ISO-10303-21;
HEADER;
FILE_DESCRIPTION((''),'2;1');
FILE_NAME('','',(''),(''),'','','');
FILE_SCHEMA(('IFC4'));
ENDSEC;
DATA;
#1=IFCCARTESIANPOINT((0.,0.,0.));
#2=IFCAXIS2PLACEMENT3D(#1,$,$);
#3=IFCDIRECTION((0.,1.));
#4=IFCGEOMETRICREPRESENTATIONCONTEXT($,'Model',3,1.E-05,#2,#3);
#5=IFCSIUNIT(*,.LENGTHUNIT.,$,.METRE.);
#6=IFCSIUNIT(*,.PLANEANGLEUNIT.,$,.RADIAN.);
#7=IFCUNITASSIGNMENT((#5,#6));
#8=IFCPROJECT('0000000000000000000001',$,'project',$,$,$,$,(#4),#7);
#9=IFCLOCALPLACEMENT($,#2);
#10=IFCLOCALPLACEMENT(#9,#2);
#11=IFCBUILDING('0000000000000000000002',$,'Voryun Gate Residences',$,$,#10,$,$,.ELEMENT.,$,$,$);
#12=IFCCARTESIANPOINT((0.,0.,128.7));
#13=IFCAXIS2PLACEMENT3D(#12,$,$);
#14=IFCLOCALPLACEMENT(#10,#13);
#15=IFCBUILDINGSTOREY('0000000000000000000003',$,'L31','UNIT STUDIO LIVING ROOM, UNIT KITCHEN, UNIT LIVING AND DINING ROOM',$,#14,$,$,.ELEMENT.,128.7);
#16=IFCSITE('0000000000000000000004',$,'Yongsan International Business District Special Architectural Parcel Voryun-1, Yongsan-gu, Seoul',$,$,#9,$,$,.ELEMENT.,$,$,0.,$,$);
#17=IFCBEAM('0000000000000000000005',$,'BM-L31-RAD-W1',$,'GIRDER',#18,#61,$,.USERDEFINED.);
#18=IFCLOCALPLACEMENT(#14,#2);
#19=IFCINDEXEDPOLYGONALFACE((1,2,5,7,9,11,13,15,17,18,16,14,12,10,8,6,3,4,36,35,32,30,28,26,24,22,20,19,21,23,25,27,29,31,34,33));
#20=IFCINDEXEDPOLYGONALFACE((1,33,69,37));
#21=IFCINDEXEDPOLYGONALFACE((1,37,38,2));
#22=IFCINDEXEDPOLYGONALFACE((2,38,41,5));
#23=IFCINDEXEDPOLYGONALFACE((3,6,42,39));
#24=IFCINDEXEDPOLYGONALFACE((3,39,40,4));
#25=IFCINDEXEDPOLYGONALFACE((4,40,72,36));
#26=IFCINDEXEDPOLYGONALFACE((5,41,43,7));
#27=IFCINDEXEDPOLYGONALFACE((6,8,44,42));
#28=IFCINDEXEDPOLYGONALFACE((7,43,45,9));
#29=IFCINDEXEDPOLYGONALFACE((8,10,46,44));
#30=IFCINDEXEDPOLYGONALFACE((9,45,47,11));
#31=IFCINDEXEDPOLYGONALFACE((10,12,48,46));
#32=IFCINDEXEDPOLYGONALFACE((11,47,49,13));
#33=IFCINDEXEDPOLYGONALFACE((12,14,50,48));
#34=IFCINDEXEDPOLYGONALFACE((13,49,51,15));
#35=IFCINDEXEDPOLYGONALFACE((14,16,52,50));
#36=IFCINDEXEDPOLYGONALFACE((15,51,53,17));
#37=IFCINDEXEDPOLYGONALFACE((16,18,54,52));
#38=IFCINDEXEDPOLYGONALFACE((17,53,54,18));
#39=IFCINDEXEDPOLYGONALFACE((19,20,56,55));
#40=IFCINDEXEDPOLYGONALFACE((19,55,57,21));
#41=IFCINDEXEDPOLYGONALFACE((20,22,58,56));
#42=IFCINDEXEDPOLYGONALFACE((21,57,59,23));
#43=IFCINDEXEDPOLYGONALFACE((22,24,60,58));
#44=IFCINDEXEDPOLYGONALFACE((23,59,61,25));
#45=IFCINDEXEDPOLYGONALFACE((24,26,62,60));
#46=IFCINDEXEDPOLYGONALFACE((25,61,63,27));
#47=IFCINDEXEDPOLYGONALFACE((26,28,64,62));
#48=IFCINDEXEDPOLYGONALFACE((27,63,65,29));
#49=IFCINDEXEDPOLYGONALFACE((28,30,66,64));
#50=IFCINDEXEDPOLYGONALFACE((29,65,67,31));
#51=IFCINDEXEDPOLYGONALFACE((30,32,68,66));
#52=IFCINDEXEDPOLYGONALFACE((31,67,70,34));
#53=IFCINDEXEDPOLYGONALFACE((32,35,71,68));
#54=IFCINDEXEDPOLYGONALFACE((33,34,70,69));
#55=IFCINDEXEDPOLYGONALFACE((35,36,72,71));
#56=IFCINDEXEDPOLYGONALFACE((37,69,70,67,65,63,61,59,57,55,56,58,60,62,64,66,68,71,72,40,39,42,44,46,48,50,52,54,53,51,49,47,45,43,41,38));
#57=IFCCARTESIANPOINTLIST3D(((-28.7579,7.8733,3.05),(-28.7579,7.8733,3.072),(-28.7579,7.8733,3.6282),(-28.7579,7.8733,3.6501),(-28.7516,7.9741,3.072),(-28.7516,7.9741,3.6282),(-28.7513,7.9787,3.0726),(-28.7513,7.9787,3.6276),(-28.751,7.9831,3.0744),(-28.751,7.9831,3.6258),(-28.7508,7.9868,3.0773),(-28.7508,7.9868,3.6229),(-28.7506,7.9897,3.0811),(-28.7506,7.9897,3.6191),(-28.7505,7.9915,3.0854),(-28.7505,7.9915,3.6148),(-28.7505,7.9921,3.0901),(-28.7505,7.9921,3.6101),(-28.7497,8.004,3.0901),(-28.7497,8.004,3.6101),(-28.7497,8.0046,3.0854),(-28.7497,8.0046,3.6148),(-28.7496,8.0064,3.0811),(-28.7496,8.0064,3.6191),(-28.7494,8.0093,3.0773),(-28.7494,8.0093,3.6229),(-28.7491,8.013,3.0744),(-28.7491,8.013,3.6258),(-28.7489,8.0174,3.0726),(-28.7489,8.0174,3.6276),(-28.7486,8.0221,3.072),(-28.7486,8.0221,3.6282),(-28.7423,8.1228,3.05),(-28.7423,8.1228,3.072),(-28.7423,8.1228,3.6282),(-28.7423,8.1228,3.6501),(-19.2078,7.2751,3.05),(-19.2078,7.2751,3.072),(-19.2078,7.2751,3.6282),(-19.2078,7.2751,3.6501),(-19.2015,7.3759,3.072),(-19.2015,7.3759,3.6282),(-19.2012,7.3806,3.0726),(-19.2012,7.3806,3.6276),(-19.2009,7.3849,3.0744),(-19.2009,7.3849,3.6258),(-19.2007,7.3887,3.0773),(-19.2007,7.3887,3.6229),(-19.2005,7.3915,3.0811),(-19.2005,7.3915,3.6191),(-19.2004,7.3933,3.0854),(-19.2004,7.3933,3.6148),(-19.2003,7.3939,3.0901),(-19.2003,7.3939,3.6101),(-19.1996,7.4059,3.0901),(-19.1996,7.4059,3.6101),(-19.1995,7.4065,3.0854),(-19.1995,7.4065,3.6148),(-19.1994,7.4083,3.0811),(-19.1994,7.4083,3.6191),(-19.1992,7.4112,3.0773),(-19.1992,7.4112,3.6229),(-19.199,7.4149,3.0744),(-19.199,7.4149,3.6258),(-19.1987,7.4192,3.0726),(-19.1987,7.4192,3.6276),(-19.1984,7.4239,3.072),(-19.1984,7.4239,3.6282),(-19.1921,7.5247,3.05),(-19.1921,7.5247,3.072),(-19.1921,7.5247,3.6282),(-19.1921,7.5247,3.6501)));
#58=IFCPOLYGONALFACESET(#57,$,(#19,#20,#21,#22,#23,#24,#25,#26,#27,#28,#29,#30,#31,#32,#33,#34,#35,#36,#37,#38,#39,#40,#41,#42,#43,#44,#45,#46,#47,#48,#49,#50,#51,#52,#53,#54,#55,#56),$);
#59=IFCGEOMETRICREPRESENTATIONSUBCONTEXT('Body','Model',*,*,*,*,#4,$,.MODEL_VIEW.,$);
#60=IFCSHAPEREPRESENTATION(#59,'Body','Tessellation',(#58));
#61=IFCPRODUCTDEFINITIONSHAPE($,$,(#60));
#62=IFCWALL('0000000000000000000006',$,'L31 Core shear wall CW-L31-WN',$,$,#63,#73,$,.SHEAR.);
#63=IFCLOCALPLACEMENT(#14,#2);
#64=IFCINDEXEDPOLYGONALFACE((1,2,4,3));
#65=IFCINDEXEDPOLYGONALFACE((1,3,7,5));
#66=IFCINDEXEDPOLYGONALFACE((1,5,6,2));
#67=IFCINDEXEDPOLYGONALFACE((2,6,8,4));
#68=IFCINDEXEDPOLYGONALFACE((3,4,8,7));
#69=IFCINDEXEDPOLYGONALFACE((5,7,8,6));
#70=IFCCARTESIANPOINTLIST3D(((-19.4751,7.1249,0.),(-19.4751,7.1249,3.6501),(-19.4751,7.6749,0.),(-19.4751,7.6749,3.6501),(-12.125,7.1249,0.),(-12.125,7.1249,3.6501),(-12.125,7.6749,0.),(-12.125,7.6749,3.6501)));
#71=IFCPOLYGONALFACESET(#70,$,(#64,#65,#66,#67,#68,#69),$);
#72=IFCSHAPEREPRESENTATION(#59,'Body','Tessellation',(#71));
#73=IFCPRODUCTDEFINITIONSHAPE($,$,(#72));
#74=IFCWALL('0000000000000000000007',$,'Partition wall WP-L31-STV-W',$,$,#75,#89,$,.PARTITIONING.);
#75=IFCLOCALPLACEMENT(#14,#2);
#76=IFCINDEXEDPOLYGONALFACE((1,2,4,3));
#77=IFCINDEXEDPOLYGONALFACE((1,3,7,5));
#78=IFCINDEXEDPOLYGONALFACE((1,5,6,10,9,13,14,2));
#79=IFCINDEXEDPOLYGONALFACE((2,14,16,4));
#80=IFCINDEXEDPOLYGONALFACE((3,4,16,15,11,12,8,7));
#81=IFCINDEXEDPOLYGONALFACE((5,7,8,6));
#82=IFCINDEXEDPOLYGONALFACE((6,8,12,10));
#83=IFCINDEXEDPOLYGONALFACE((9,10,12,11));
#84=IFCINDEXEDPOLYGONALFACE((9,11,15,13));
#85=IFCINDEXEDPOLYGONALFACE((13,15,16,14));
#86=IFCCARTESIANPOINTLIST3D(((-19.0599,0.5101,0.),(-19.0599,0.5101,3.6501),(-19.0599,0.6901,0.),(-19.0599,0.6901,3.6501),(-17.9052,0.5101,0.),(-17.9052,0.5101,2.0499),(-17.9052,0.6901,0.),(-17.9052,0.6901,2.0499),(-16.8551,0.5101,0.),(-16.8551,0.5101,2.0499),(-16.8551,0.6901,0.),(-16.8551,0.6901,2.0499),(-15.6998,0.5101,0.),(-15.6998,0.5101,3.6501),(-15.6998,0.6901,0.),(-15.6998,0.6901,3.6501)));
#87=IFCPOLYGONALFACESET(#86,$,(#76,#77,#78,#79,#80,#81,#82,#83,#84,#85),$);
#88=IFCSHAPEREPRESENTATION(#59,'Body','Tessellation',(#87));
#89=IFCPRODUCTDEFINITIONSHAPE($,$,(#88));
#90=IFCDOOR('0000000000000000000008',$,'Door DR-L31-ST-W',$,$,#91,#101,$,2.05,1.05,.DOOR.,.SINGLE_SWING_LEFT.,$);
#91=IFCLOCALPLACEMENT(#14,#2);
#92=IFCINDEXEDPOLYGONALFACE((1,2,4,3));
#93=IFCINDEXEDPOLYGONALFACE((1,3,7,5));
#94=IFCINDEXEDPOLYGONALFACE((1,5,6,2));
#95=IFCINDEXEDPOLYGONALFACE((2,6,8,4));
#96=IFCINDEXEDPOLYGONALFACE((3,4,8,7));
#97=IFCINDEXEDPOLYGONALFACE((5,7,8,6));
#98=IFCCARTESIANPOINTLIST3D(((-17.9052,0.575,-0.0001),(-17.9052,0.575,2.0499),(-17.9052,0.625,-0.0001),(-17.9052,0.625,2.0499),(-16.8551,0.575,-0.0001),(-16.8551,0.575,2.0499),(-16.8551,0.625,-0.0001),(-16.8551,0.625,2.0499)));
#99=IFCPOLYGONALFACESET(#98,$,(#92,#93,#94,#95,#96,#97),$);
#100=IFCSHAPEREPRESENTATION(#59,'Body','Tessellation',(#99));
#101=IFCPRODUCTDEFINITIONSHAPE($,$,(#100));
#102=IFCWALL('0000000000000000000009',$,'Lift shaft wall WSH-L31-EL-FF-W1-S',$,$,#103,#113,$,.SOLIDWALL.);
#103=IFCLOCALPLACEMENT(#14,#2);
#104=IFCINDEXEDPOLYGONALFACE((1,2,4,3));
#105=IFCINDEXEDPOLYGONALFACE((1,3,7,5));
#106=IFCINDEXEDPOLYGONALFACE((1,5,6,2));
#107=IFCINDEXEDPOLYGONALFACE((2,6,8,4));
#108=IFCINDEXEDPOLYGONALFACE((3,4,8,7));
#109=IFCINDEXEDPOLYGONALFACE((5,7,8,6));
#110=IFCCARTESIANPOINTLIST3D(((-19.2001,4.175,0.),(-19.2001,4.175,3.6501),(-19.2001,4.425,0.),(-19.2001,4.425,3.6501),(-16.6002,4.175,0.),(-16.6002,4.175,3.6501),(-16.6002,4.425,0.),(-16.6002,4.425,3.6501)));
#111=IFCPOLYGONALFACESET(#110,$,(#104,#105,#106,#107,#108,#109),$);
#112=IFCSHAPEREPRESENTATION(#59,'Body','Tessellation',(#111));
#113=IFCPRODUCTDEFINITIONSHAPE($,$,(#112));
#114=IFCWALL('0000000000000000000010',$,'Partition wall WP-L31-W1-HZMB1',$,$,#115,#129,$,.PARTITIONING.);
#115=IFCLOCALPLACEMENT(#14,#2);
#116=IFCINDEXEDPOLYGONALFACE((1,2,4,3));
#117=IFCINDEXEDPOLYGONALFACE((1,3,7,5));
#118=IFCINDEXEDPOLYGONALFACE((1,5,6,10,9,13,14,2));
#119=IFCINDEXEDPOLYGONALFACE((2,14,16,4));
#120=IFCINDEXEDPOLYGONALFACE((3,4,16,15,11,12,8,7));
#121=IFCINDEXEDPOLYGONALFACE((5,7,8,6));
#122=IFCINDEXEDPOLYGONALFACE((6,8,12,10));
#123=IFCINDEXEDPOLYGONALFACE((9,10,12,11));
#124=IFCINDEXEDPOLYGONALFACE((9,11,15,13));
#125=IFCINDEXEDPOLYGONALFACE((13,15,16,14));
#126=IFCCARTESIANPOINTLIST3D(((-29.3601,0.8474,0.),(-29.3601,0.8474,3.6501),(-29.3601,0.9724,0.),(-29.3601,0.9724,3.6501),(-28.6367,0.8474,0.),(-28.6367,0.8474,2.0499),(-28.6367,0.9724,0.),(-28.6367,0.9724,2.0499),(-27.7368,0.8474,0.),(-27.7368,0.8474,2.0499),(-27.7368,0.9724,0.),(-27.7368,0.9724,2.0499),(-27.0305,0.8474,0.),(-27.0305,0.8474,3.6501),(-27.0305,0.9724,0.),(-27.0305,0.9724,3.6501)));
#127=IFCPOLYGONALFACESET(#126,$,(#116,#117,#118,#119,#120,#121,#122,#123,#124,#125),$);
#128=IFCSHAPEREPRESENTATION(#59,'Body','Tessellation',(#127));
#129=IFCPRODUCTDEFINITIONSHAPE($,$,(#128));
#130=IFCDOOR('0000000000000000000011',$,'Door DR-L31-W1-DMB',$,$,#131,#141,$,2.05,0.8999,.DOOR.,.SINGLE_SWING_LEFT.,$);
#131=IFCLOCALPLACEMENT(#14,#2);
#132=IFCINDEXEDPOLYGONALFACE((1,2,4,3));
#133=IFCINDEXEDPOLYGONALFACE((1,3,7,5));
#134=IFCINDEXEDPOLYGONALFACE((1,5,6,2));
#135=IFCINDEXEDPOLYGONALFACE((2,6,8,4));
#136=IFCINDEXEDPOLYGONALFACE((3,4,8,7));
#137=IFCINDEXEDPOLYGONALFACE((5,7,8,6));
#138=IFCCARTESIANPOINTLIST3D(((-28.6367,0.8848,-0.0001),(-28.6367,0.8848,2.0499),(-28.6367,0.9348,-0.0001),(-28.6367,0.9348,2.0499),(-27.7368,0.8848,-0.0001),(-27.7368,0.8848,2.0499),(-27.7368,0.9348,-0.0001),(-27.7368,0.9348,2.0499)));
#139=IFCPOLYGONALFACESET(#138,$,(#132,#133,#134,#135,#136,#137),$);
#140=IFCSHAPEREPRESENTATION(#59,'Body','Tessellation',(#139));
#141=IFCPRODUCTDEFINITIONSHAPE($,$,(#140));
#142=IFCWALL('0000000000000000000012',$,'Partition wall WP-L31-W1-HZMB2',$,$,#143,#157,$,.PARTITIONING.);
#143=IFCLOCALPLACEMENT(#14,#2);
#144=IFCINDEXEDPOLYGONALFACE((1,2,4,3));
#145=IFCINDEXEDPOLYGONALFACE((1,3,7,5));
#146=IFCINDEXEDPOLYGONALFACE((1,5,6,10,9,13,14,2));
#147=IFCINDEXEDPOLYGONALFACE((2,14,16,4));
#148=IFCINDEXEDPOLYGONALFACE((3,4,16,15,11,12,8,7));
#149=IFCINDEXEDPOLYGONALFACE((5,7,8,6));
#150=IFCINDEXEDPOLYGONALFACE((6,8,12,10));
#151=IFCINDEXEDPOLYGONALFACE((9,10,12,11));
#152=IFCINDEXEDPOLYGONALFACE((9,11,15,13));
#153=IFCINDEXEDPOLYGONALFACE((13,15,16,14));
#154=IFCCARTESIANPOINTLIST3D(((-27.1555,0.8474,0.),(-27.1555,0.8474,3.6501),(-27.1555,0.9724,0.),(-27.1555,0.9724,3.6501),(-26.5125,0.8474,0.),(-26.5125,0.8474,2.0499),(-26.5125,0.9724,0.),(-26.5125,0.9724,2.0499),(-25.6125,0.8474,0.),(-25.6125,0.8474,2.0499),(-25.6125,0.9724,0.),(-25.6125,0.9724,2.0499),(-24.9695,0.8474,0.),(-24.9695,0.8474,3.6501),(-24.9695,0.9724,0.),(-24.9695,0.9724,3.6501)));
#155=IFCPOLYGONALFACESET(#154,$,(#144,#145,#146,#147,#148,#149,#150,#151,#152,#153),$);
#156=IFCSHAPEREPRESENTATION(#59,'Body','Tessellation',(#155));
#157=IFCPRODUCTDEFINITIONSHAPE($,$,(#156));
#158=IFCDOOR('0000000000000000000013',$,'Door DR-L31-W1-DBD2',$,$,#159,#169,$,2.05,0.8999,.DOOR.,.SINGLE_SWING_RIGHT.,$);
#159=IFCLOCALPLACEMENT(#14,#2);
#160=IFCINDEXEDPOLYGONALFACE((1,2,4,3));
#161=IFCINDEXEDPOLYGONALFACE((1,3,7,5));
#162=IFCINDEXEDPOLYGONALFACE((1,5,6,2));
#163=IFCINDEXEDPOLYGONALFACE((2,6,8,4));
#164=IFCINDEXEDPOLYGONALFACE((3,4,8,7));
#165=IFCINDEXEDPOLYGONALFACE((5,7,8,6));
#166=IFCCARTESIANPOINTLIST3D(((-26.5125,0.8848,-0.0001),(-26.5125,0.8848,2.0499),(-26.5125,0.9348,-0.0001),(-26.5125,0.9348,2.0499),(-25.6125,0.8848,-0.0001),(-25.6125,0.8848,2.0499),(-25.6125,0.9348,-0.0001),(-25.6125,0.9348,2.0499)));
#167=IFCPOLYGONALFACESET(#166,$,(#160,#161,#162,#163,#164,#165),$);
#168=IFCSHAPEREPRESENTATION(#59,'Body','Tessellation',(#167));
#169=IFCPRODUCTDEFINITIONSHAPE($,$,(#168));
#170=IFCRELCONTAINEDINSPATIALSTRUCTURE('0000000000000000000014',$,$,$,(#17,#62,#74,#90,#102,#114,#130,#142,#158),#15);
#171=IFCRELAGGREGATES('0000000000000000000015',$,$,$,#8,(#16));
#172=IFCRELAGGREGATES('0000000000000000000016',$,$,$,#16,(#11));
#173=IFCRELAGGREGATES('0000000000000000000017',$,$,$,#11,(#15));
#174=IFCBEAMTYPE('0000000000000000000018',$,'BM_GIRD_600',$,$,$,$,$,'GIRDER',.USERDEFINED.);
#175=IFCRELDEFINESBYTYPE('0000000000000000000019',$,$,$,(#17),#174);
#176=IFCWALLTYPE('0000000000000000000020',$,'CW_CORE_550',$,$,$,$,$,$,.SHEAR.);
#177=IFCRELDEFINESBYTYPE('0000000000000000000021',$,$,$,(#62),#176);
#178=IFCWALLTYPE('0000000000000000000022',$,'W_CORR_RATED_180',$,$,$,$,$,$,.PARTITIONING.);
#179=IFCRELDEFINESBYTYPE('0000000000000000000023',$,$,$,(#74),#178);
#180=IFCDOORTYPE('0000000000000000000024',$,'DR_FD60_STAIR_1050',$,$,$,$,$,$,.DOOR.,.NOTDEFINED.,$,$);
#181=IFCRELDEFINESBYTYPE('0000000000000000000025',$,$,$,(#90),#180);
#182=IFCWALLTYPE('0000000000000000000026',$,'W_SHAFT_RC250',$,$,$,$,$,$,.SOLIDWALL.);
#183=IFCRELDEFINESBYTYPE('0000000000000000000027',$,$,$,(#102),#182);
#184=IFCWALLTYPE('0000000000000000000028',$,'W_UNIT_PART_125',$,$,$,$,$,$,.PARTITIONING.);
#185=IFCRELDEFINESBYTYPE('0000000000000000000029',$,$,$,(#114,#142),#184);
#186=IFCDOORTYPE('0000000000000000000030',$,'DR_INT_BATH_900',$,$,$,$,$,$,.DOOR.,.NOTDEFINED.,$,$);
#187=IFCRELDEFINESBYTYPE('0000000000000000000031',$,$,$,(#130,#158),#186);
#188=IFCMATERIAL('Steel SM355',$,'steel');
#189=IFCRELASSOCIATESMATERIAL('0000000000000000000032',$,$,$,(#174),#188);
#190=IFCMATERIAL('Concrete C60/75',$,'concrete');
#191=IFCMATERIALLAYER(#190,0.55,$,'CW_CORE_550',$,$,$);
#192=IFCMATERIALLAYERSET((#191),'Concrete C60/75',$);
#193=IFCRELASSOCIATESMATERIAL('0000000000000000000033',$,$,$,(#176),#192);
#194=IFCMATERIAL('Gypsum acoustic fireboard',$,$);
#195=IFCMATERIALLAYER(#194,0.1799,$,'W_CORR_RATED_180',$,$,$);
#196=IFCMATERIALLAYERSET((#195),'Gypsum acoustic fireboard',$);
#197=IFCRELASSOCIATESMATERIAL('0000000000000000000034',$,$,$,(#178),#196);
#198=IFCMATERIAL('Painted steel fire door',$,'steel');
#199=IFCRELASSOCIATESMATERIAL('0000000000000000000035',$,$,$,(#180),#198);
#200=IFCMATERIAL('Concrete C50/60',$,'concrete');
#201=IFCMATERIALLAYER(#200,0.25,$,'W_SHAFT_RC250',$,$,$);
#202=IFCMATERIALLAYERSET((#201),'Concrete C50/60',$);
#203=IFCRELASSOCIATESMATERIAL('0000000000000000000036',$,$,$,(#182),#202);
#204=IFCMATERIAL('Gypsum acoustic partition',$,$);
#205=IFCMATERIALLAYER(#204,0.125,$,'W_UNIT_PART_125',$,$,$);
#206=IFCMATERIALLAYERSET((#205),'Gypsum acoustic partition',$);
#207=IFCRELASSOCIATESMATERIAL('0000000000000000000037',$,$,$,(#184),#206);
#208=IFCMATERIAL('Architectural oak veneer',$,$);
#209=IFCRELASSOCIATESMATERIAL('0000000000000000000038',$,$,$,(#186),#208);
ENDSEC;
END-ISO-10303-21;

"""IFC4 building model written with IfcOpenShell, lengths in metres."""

from ifc_helpers import new_model, si_unit, direction, frame, frame_2d, origin, origin_2d, place, context, subcontext, project, spatial, rectangle, i_section, extrude, material, layer, layer_set, material_profile, profile_set, type_object, element, fill, save


model = new_model("IFC4")

# Units and contexts
model_context = context("Model", 3, precision=1e-05, world=origin(), true_north=direction((0.0, 1.0)))
body_context = subcontext(model_context, "Body", "Model", "MODEL_VIEW")
ifc_project = project(units=[si_unit("LENGTHUNIT", "METRE"), si_unit("PLANEANGLEUNIT", "RADIAN")], contexts=[model_context])

# Site, building, storey
site_placement = place(None, origin())
site = spatial("IfcSite", under=ifc_project, at=site_placement, Name="Yongsan International Business District Special Architectural Parcel Voryun-1, Yongsan-gu, Seoul", CompositionType="ELEMENT", RefElevation=0.0)
building_placement = place(site_placement, origin())
building = spatial("IfcBuilding", under=site, at=building_placement, Name="Voryun Gate Residences", CompositionType="ELEMENT")
storey_placement = place(building_placement, frame((0.0, 0.0, 128.7)))
storey = spatial("IfcBuildingStorey", under=building, at=storey_placement, Name="L31", Description="UNIT STUDIO LIVING ROOM, UNIT KITCHEN, UNIT LIVING AND DINING ROOM", CompositionType="ELEMENT", Elevation=128.7)

# Beam
ifc_material_1 = material(Name="Steel SM355", Category="steel")
ifc_material_profile_1 = material_profile(ifc_material_1, i_section(OverallWidth=0.25, OverallDepth=0.6001, WebThickness=0.012, FlangeThickness=0.022, FilletRadius=0.0181, at=origin_2d()), Name="H-600x250x12x22")
ifc_profile_set_1 = profile_set([ifc_material_profile_1], Name="Steel SM355")
beam_type_1 = type_object("IfcBeamType", Name="BM_GIRD_600", ElementType="GIRDER", PredefinedType="USERDEFINED", material=ifc_profile_set_1)
beam_1_placement = place(storey_placement, frame((-19.2, 7.3999, 3.3501), z_axis=(-0.998044, 0.06251, 0.0), x_axis=(-0.06251, -0.998044, 0.0)))
element("IfcBeam", 1, at=beam_1_placement, inside=storey, type_object=beam_type_1, Name="BM-L31-RAD-W1", ObjectType="GIRDER", PredefinedType="USERDEFINED", context=body_context, shape_type="SweptSolid", body=[
    extrude(i_section(OverallWidth=0.25, OverallDepth=0.6001, WebThickness=0.012, FlangeThickness=0.022, FilletRadius=0.0181, at=origin_2d()), origin(), (0.0, 0.0, 1.0), 9.5688),
])

# Wall
ifc_material_2 = material(Name="Concrete C60/75", Category="concrete")
ifc_layer_1 = layer(ifc_material_2, 0.55, Name="CW_CORE_550")
ifc_layer_set_1 = layer_set([ifc_layer_1], Name="Concrete C60/75")
wall_type_1 = type_object("IfcWallType", Name="CW_CORE_550", PredefinedType="SHEAR", material=ifc_layer_set_1)
wall_1_placement = place(storey_placement, frame((-19.4751, 7.3999, 0.0), z_axis=(0.0, 0.0, 1.0), x_axis=(1.0, 0.0, 0.0)))
element("IfcWall", 2, at=wall_1_placement, inside=storey, type_object=wall_type_1, Name="L31 Core shear wall CW-L31-WN", PredefinedType="SHEAR", context=body_context, shape_type="SweptSolid", body=[
    extrude(rectangle(XDim=7.3501, YDim=0.55, at=frame_2d((3.675, 0.0))), origin(), (0.0, 0.0, 1.0), 3.6501),
])

# Wall, opening, door
ifc_material_3 = material(Name="Gypsum acoustic fireboard")
ifc_layer_2 = layer(ifc_material_3, 0.1799, Name="W_CORR_RATED_180")
ifc_layer_set_2 = layer_set([ifc_layer_2], Name="Gypsum acoustic fireboard")
wall_type_2 = type_object("IfcWallType", Name="W_CORR_RATED_180", PredefinedType="PARTITIONING", material=ifc_layer_set_2)
wall_2_placement = place(storey_placement, frame((-19.0601, 0.6001, 0.0), z_axis=(0.0, 0.0, 1.0), x_axis=(1.0, 0.0, 0.0)))
wall_2 = element("IfcWall", 3, at=wall_2_placement, inside=storey, type_object=wall_type_2, Name="Partition wall WP-L31-STV-W", PredefinedType="PARTITIONING", context=body_context, shape_type="SweptSolid", body=[
    extrude(rectangle(XDim=3.3601, YDim=0.1799, at=frame_2d((1.6802, 0.0))), origin(), (0.0, 0.0, 1.0), 3.6501),
])
opening_1_placement = place(wall_2_placement, frame((1.155, 0.0, 0.0)))
opening_1 = element("IfcOpeningElement", 4, at=opening_1_placement, cuts=wall_2, PredefinedType="OPENING", context=body_context, shape_type="SweptSolid", body=[
    extrude(rectangle(XDim=1.05, YDim=2.05, at=frame_2d((0.5249, 1.0249))), frame((0.0, 0.0999, 0.0), z_axis=(0.0, -1.0, 0.0), x_axis=(1.0, 0.0, 0.0)), (0.0, 0.0, 1.0), 0.2),
])
ifc_material_4 = material(Name="Painted steel fire door", Category="steel")
door_type_1 = type_object("IfcDoorType", Name="DR_FD60_STAIR_1050", OperationType="NOTDEFINED", PredefinedType="DOOR", material=ifc_material_4)
door_1_placement = place(opening_1_placement, origin())
door_1 = element("IfcDoor", 5, at=door_1_placement, inside=storey, type_object=door_type_1, Name="Door DR-L31-ST-W", OperationType="SINGLE_SWING_LEFT", OverallHeight=2.05, OverallWidth=1.05, PredefinedType="DOOR", context=body_context, shape_type="SweptSolid", body=[
    extrude(rectangle(XDim=1.05, YDim=2.05, at=frame_2d((0.5249, 1.0249))), frame((0.0, 0.0249, 0.0), z_axis=(0.0, -1.0, 0.0), x_axis=(1.0, 0.0, 0.0)), (0.0, 0.0, 1.0), 0.05),
])
fill(opening_1, door_1)

# Wall
ifc_material_5 = material(Name="Concrete C50/60", Category="concrete")
ifc_layer_3 = layer(ifc_material_5, 0.25, Name="W_SHAFT_RC250")
ifc_layer_set_3 = layer_set([ifc_layer_3], Name="Concrete C50/60")
wall_type_3 = type_object("IfcWallType", Name="W_SHAFT_RC250", PredefinedType="SOLIDWALL", material=ifc_layer_set_3)
wall_3_placement = place(storey_placement, frame((-19.2, 4.3, 0.0), z_axis=(0.0, 0.0, 1.0), x_axis=(1.0, 0.0, 0.0)))
element("IfcWall", 6, at=wall_3_placement, inside=storey, type_object=wall_type_3, Name="Lift shaft wall WSH-L31-EL-FF-W1-S", PredefinedType="SOLIDWALL", context=body_context, shape_type="SweptSolid", body=[
    extrude(rectangle(XDim=2.5999, YDim=0.25, at=frame_2d((1.2998, 0.0))), origin(), (0.0, 0.0, 1.0), 3.6501),
])

# Walls, openings, doors
ifc_material_6 = material(Name="Gypsum acoustic partition")
ifc_layer_4 = layer(ifc_material_6, 0.125, Name="W_UNIT_PART_125")
ifc_layer_set_4 = layer_set([ifc_layer_4], Name="Gypsum acoustic partition")
wall_type_4 = type_object("IfcWallType", Name="W_UNIT_PART_125", PredefinedType="PARTITIONING", material=ifc_layer_set_4)
wall_4_placement = place(storey_placement, frame((-29.3601, 0.9099, 0.0), z_axis=(0.0, 0.0, 1.0), x_axis=(1.0, 0.0, 0.0)))
wall_4 = element("IfcWall", 7, at=wall_4_placement, inside=storey, type_object=wall_type_4, Name="Partition wall WP-L31-W1-HZMB1", PredefinedType="PARTITIONING", context=body_context, shape_type="SweptSolid", body=[
    extrude(rectangle(XDim=2.3296, YDim=0.125, at=frame_2d((1.1648, 0.0))), origin(), (0.0, 0.0, 1.0), 3.6501),
])
opening_2_placement = place(wall_4_placement, frame((0.7234, 0.0, 0.0)))
opening_2 = element("IfcOpeningElement", 8, at=opening_2_placement, cuts=wall_4, PredefinedType="OPENING", context=body_context, shape_type="SweptSolid", body=[
    extrude(rectangle(XDim=0.8999, YDim=2.05, at=frame_2d((0.45, 1.0249))), frame((0.0, 0.0725, 0.0), z_axis=(0.0, -1.0, 0.0), x_axis=(1.0, 0.0, 0.0)), (0.0, 0.0, 1.0), 0.145),
])
ifc_material_7 = material(Name="Architectural oak veneer")
door_type_2 = type_object("IfcDoorType", Name="DR_INT_BATH_900", OperationType="NOTDEFINED", PredefinedType="DOOR", material=ifc_material_7)
door_2_placement = place(opening_2_placement, origin())
door_2 = element("IfcDoor", 9, at=door_2_placement, inside=storey, type_object=door_type_2, Name="Door DR-L31-W1-DMB", OperationType="SINGLE_SWING_LEFT", OverallHeight=2.05, OverallWidth=0.8999, PredefinedType="DOOR", context=body_context, shape_type="SweptSolid", body=[
    extrude(rectangle(XDim=0.8999, YDim=2.05, at=frame_2d((0.45, 1.0249))), frame((0.0, 0.0249, 0.0), z_axis=(0.0, -1.0, 0.0), x_axis=(1.0, 0.0, 0.0)), (0.0, 0.0, 1.0), 0.05),
])
fill(opening_2, door_2)
wall_5_placement = place(storey_placement, frame((-27.1555, 0.9099, 0.0), z_axis=(0.0, 0.0, 1.0), x_axis=(1.0, 0.0, 0.0)))
wall_5 = element("IfcWall", 10, at=wall_5_placement, inside=storey, type_object=wall_type_4, Name="Partition wall WP-L31-W1-HZMB2", PredefinedType="PARTITIONING", context=body_context, shape_type="SweptSolid", body=[
    extrude(rectangle(XDim=2.186, YDim=0.125, at=frame_2d((1.093, 0.0))), origin(), (0.0, 0.0, 1.0), 3.6501),
])
opening_3_placement = place(wall_5_placement, frame((0.6431, 0.0, 0.0)))
opening_3 = element("IfcOpeningElement", 11, at=opening_3_placement, cuts=wall_5, PredefinedType="OPENING", context=body_context, shape_type="SweptSolid", body=[
    extrude(rectangle(XDim=0.8999, YDim=2.05, at=frame_2d((0.45, 1.0249))), frame((0.0, 0.0725, 0.0), z_axis=(0.0, -1.0, 0.0), x_axis=(1.0, 0.0, 0.0)), (0.0, 0.0, 1.0), 0.145),
])
door_3_placement = place(opening_3_placement, origin())
door_3 = element("IfcDoor", 12, at=door_3_placement, inside=storey, type_object=door_type_2, Name="Door DR-L31-W1-DBD2", OperationType="SINGLE_SWING_RIGHT", OverallHeight=2.05, OverallWidth=0.8999, PredefinedType="DOOR", context=body_context, shape_type="SweptSolid", body=[
    extrude(rectangle(XDim=0.8999, YDim=2.05, at=frame_2d((0.45, 1.0249))), frame((0.0, 0.0249, 0.0), z_axis=(0.0, -1.0, 0.0), x_axis=(1.0, 0.0, 0.0)), (0.0, 0.0, 1.0), 0.05),
])
fill(opening_3, door_3)

save(model, "model.ifc")
